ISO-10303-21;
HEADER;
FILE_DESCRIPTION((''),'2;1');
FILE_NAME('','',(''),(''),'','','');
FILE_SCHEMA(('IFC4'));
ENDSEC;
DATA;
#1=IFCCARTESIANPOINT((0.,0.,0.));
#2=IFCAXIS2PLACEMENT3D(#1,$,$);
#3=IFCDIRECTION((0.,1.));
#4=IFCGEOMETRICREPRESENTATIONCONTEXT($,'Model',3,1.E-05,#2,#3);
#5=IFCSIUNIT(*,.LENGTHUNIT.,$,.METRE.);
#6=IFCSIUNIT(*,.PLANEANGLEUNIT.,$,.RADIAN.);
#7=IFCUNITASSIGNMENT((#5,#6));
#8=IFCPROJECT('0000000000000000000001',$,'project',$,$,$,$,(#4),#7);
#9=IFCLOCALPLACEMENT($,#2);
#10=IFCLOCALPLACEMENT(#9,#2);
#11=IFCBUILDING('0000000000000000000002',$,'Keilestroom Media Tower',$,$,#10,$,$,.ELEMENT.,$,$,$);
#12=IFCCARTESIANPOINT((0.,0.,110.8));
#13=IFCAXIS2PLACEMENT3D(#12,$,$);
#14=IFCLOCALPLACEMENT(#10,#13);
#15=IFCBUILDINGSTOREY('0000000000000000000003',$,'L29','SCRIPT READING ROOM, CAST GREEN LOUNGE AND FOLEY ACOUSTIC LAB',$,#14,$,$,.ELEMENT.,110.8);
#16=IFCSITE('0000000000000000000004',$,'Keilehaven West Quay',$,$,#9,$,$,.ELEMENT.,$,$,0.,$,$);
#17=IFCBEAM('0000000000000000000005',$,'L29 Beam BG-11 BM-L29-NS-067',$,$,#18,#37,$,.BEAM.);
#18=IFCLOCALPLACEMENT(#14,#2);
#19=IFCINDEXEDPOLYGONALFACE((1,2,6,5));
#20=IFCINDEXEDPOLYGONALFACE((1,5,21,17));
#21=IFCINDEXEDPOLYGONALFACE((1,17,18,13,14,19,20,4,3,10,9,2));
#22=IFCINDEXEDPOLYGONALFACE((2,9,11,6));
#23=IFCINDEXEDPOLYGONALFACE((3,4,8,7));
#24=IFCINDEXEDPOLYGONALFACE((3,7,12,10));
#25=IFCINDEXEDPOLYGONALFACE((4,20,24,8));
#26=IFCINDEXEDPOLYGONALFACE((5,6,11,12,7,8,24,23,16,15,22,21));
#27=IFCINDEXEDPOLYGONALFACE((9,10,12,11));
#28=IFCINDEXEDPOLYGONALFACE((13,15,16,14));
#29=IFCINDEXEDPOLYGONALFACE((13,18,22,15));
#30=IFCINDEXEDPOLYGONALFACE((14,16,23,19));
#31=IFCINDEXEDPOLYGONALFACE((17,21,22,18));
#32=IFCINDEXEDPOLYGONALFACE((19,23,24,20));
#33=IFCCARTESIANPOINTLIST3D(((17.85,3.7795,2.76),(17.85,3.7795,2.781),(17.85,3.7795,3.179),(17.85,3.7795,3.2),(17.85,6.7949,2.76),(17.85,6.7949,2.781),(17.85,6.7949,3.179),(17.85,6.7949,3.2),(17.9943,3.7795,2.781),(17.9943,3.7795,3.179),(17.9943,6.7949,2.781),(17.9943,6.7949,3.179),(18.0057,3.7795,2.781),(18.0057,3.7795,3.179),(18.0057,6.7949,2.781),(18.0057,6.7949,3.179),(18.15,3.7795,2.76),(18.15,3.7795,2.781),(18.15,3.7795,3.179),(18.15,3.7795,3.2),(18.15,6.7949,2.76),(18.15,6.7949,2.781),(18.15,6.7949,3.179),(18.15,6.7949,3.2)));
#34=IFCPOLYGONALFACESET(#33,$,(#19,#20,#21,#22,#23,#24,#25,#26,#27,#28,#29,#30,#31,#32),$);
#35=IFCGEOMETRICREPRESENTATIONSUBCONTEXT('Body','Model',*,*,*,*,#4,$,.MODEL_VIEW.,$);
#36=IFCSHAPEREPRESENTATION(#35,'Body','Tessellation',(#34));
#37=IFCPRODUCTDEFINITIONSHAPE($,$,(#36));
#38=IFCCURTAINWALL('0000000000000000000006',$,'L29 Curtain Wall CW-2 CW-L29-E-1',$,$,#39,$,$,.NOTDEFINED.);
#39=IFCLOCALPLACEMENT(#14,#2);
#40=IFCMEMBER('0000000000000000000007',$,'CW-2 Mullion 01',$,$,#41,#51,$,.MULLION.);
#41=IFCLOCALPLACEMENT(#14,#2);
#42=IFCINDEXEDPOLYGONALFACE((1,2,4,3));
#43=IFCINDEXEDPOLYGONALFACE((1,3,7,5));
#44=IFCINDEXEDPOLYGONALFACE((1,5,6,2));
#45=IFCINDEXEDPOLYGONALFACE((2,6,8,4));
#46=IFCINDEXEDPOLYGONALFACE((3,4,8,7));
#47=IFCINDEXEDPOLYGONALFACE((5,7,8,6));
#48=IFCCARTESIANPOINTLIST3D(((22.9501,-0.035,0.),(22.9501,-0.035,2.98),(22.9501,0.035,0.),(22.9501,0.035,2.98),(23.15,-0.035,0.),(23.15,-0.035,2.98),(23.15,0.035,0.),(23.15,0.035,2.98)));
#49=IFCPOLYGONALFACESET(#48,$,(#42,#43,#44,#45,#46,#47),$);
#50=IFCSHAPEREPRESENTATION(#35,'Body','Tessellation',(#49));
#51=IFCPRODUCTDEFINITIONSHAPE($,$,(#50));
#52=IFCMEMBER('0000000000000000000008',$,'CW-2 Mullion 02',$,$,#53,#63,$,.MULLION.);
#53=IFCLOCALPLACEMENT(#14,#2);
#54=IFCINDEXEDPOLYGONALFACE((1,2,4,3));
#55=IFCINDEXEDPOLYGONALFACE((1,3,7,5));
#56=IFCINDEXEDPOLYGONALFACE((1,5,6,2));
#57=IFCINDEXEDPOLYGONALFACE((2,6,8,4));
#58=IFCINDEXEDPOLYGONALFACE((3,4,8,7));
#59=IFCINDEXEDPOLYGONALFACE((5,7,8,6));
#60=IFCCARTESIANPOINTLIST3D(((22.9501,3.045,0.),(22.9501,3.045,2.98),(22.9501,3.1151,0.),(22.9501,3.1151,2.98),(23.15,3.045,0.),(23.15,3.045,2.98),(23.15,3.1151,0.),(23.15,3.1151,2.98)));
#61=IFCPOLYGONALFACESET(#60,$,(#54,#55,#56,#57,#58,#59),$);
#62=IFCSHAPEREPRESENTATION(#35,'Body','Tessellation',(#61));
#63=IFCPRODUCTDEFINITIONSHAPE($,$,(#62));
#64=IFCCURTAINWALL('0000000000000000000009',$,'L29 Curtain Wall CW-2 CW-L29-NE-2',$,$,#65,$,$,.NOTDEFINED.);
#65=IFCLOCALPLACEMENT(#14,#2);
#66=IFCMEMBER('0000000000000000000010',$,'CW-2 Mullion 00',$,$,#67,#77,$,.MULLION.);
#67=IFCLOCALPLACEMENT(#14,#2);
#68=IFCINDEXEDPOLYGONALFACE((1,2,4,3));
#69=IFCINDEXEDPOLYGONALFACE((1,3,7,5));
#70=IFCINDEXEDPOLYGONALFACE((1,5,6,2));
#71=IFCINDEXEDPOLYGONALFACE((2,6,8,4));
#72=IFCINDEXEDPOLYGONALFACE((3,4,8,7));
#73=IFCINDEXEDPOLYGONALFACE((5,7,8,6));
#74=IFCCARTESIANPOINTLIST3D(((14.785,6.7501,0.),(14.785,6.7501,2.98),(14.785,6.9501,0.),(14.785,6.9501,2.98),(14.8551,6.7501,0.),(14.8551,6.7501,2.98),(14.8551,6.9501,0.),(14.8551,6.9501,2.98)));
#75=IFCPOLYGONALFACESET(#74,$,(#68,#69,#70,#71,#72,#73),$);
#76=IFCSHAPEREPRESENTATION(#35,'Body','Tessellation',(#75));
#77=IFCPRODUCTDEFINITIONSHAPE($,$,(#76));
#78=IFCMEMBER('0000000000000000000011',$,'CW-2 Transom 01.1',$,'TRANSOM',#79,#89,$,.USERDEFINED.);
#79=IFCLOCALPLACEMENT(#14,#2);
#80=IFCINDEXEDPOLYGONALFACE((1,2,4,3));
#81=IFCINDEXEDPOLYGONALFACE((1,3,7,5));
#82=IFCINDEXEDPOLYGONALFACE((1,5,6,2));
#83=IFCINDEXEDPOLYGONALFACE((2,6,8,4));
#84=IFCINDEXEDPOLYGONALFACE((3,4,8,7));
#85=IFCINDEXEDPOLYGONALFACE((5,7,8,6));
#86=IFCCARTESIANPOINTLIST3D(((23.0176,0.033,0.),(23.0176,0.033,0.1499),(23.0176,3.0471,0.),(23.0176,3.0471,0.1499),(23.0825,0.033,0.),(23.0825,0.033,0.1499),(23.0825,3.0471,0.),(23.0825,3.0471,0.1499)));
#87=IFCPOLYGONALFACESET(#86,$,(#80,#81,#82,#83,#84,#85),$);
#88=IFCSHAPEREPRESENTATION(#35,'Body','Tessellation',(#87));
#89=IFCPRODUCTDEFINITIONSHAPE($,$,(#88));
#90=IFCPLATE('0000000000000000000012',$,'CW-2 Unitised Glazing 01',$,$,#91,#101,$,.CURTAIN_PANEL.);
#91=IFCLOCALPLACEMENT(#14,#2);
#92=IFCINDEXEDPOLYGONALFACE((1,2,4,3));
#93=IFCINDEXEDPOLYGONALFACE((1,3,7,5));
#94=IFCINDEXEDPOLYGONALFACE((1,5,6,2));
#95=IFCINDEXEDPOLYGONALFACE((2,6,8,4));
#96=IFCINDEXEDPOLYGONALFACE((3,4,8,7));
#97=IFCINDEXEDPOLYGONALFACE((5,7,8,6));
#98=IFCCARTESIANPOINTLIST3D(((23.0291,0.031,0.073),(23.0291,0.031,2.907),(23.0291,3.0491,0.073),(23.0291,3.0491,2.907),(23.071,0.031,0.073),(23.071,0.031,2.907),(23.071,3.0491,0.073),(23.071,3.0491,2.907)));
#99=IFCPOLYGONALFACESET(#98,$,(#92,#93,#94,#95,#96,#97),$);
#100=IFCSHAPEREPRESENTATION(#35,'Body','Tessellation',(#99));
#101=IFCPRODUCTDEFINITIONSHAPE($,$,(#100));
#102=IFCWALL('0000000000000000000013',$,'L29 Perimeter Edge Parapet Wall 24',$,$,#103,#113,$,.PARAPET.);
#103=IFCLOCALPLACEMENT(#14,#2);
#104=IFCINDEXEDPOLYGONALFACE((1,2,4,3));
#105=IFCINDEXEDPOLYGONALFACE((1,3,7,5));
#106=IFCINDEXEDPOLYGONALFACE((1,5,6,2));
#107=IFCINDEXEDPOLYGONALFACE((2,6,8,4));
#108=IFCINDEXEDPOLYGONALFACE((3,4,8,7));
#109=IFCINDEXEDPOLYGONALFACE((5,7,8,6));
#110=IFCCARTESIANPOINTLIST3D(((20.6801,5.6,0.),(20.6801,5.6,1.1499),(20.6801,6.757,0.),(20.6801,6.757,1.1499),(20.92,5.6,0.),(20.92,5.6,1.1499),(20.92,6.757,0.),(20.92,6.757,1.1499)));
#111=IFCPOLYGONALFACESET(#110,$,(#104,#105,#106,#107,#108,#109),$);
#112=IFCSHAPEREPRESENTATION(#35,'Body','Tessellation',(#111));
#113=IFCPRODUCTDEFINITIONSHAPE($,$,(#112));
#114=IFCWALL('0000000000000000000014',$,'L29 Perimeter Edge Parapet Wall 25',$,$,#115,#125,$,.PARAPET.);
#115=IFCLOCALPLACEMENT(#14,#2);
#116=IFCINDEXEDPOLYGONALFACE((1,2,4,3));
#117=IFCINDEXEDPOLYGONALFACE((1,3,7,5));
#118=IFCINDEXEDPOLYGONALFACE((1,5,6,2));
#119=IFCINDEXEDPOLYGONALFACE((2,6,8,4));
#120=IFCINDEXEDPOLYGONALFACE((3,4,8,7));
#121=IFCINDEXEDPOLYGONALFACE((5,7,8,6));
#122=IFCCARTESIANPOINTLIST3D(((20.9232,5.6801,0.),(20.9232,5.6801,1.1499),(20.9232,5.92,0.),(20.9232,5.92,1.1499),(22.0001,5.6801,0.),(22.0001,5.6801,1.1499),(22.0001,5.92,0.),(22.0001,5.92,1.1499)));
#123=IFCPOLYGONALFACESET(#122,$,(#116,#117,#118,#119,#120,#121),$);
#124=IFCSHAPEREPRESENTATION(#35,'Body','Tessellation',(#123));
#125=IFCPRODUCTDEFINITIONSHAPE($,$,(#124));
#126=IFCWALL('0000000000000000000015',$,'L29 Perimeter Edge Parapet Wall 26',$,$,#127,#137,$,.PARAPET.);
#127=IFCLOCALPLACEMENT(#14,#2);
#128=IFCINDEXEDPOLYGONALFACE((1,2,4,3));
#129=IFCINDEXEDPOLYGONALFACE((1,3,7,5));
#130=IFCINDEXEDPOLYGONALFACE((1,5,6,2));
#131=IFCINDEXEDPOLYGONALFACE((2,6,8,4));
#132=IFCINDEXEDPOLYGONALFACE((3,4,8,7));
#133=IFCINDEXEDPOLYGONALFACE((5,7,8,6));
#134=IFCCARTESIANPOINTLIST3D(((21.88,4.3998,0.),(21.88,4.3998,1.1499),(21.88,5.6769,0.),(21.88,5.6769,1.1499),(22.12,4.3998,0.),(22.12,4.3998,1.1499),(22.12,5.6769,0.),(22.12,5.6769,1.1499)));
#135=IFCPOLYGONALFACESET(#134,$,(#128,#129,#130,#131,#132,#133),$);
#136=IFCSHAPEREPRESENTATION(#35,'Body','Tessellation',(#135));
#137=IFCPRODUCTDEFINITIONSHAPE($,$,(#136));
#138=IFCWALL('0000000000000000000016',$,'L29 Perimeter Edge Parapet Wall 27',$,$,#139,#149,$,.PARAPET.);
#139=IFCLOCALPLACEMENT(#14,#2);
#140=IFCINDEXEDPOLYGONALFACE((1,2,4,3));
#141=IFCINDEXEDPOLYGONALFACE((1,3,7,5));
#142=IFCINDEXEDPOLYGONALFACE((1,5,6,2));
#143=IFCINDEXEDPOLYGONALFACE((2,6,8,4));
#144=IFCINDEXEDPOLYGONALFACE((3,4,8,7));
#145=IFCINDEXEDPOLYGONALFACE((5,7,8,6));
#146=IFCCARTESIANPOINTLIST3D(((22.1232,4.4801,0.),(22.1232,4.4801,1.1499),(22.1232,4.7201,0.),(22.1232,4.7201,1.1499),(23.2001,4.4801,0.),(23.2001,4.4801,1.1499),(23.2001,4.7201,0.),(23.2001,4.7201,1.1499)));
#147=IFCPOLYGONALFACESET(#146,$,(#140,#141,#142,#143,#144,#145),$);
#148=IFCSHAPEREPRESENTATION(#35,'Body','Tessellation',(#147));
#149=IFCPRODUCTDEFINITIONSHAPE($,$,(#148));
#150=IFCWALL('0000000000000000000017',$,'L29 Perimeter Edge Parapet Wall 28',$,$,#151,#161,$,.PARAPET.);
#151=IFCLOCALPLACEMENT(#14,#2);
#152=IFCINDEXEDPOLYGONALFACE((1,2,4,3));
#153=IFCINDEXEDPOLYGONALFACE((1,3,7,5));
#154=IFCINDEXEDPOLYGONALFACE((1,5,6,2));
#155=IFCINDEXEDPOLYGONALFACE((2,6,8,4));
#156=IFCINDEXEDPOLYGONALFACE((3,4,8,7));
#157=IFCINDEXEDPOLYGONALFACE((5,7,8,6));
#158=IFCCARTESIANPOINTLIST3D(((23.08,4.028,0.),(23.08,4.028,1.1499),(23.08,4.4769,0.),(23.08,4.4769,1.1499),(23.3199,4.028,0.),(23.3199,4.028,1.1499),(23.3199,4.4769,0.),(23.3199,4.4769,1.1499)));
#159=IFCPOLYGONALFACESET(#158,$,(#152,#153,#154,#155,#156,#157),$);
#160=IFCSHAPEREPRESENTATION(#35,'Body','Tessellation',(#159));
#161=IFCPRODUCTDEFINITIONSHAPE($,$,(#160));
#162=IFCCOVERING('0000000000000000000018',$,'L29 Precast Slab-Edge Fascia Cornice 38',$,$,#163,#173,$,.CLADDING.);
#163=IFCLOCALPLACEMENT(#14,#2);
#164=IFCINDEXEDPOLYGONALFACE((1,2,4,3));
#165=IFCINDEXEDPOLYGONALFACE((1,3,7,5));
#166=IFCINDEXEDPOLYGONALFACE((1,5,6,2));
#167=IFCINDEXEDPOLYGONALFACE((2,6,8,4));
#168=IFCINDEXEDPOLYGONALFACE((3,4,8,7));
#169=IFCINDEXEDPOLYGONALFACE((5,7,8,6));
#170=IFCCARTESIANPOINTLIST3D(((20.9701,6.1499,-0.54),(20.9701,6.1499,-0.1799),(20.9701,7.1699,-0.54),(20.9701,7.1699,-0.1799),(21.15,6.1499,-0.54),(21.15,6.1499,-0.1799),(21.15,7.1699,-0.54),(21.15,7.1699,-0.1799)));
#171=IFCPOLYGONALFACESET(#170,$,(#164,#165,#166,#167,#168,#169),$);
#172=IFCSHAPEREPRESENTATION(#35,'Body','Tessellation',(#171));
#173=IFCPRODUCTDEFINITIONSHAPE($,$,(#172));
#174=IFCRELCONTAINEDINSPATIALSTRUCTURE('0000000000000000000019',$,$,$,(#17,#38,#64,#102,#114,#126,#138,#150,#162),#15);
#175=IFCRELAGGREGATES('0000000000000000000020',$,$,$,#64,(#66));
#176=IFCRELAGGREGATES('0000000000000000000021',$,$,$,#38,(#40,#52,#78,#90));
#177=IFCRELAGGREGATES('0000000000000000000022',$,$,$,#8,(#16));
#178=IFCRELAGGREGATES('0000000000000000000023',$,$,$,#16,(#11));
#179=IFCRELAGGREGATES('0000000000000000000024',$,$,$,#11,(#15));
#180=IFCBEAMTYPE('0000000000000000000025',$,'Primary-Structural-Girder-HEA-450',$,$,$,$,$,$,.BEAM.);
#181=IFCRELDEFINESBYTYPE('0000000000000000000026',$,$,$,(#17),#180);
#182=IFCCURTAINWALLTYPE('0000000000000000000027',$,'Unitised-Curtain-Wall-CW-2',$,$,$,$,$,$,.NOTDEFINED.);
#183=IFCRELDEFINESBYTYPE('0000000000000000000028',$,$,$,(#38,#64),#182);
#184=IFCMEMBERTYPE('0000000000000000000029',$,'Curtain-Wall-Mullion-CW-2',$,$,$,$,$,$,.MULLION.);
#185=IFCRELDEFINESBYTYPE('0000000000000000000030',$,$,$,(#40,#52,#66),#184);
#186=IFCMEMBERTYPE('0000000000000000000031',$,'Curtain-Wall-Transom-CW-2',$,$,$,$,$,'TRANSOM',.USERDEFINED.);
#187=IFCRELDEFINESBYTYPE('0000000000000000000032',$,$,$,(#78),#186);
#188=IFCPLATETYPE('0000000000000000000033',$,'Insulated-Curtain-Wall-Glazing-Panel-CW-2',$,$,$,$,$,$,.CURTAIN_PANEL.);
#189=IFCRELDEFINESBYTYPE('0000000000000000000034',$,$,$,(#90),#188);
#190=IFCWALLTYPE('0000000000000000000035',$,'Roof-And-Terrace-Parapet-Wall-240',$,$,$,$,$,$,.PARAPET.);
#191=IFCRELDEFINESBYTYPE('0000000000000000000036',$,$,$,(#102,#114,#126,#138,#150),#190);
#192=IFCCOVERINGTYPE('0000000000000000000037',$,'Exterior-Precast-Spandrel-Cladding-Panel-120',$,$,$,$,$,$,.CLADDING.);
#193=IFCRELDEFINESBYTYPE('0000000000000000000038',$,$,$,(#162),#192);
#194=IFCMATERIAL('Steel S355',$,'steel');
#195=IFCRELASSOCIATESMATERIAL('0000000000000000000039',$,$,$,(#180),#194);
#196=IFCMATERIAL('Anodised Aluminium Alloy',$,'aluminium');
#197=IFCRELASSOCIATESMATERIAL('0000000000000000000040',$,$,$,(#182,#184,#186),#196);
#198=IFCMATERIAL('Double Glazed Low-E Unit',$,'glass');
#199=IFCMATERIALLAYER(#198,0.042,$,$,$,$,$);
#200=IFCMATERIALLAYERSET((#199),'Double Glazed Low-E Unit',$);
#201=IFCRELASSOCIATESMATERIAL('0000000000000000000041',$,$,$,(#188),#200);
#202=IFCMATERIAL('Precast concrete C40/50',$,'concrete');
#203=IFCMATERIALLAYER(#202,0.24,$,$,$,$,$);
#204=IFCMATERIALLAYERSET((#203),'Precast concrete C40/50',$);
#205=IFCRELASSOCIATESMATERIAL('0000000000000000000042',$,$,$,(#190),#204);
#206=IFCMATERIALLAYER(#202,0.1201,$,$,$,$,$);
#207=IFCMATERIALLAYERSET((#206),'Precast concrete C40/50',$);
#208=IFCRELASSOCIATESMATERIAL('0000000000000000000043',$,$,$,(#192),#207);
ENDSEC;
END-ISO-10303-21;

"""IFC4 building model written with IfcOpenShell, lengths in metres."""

from ifc_helpers import new_model, si_unit, direction, frame, frame_2d, origin, origin_2d, place, context, subcontext, project, spatial, rectangle, i_section, extrude, source, transform, mapped, material, layer, layer_set, material_profile, profile_set, type_object, element, aggregate, save


model = new_model("IFC4")

# Units and contexts
model_context = context("Model", 3, precision=1e-05, world=origin(), true_north=direction((0.0, 1.0)))
body_context = subcontext(model_context, "Body", "Model", "MODEL_VIEW")
ifc_project = project(units=[si_unit("LENGTHUNIT", "METRE"), si_unit("PLANEANGLEUNIT", "RADIAN")], contexts=[model_context])

# Site, building, storey
site_placement = place(None, origin())
site = spatial("IfcSite", under=ifc_project, at=site_placement, Name="Keilehaven West Quay", CompositionType="ELEMENT", RefElevation=0.0)
building_placement = place(site_placement, origin())
building = spatial("IfcBuilding", under=site, at=building_placement, Name="Keilestroom Media Tower", CompositionType="ELEMENT")
storey_placement = place(building_placement, frame((0.0, 0.0, 110.8)))
storey = spatial("IfcBuildingStorey", under=building, at=storey_placement, Name="L29", Description="SCRIPT READING ROOM, CAST GREEN LOUNGE AND FOLEY ACOUSTIC LAB", CompositionType="ELEMENT", Elevation=110.8)

# Shared definitions
ifc_material_1 = material(Name="Precast concrete C40/50", Category="concrete")
ifc_material_2 = material(Name="Steel S355", Category="steel")

# Beam
ifc_material_profile_1 = material_profile(ifc_material_2, i_section(OverallWidth=0.3, OverallDepth=0.4399, WebThickness=0.0115, FlangeThickness=0.021, at=origin_2d()), Name="HEA 450")
ifc_profile_set_1 = profile_set([ifc_material_profile_1], Name="Steel S355")
beam_type_1 = type_object("IfcBeamType", Name="Primary-Structural-Girder-HEA-450", PredefinedType="BEAM", material=ifc_profile_set_1)
shared_shape_1 = source(origin(), body_context, "Body", "SweptSolid", [
    extrude(i_section(OverallWidth=0.3, OverallDepth=0.4399, WebThickness=0.0115, FlangeThickness=0.021, at=origin_2d()), origin(), (0.0, 0.0, 1.0), 3.0154),
])
beam_1_placement = place(storey_placement, frame((18.0, 3.7795, 2.98), z_axis=(0.0, 1.0, 0.0), x_axis=(-1.0, 0.0, 0.0)))
element("IfcBeam", 1, at=beam_1_placement, inside=storey, type_object=beam_type_1, Name="L29 Beam BG-11 BM-L29-NS-067", PredefinedType="BEAM", context=body_context, shape_type="MappedRepresentation", body=[
    mapped(shared_shape_1, transform((0.0, 0.0, 0.0), x_axis=(1.0, 0.0, 0.0), y_axis=(0.0, 1.0, 0.0), z_axis=(0.0, 0.0, 1.0), scale=1.0)),
])

# Curtain wall, members
ifc_material_3 = material(Name="Anodised Aluminium Alloy", Category="aluminium")
curtain_wall_type = type_object("IfcCurtainWallType", Name="Unitised-Curtain-Wall-CW-2", PredefinedType="NOTDEFINED", material=ifc_material_3)
curtain_wall_1_placement = place(storey_placement, origin())
curtain_wall_1 = element("IfcCurtainWall", 2, at=curtain_wall_1_placement, inside=storey, type_object=curtain_wall_type, Name="L29 Curtain Wall CW-2 CW-L29-E-1", PredefinedType="NOTDEFINED")
ifc_material_profile_2 = material_profile(ifc_material_3, rectangle(XDim=0.0701, YDim=0.2, at=origin_2d()), Name="ALU MULLION 70x200")
ifc_profile_set_2 = profile_set([ifc_material_profile_2], Name="Anodised Aluminium Alloy")
member_type_1 = type_object("IfcMemberType", Name="Curtain-Wall-Mullion-CW-2", PredefinedType="MULLION", material=ifc_profile_set_2)
shared_shape_2 = source(origin(), body_context, "Body", "SweptSolid", [
    extrude(rectangle(XDim=0.0701, YDim=0.2, at=origin_2d()), origin(), (0.0, 0.0, 1.0), 2.98),
])
member_1_placement = place(storey_placement, frame((23.05, 0.0, 0.0), z_axis=(0.0, 0.0, 1.0), x_axis=(0.0, 1.0, 0.0)))
member_1 = element("IfcMember", 3, at=member_1_placement, type_object=member_type_1, Name="CW-2 Mullion 01", PredefinedType="MULLION", context=body_context, shape_type="MappedRepresentation", body=[
    mapped(shared_shape_2, transform((0.0, 0.0, 0.0), x_axis=(1.0, 0.0, 0.0), y_axis=(0.0, 1.0, 0.0), z_axis=(0.0, 0.0, 1.0), scale=1.0)),
])
member_2_placement = place(storey_placement, frame((23.05, 3.0801, 0.0), z_axis=(0.0, 0.0, 1.0), x_axis=(0.0, 1.0, 0.0)))
member_2 = element("IfcMember", 4, at=member_2_placement, type_object=member_type_1, Name="CW-2 Mullion 02", PredefinedType="MULLION", context=body_context, shape_type="MappedRepresentation", body=[
    mapped(shared_shape_2, transform((0.0, 0.0, 0.0), x_axis=(1.0, 0.0, 0.0), y_axis=(0.0, 1.0, 0.0), z_axis=(0.0, 0.0, 1.0), scale=1.0)),
])

# Curtain wall, member
curtain_wall_2_placement = place(storey_placement, origin())
curtain_wall_2 = element("IfcCurtainWall", 5, at=curtain_wall_2_placement, inside=storey, type_object=curtain_wall_type, Name="L29 Curtain Wall CW-2 CW-L29-NE-2", PredefinedType="NOTDEFINED")
member_3_placement = place(storey_placement, frame((14.8201, 6.8501, 0.0), z_axis=(0.0, 0.0, 1.0), x_axis=(1.0, 0.0, 0.0)))
member_3 = element("IfcMember", 6, at=member_3_placement, type_object=member_type_1, Name="CW-2 Mullion 00", PredefinedType="MULLION", context=body_context, shape_type="MappedRepresentation", body=[
    mapped(shared_shape_2, transform((0.0, 0.0, 0.0), x_axis=(1.0, 0.0, 0.0), y_axis=(0.0, 1.0, 0.0), z_axis=(0.0, 0.0, 1.0), scale=1.0)),
])
aggregate(curtain_wall_2, [member_3])

# Member
ifc_material_profile_3 = material_profile(ifc_material_3, rectangle(XDim=0.0649, YDim=0.1499, at=origin_2d()), Name="ALU TRANSOM 65x150")
ifc_profile_set_3 = profile_set([ifc_material_profile_3], Name="Anodised Aluminium Alloy")
member_type_2 = type_object("IfcMemberType", Name="Curtain-Wall-Transom-CW-2", ElementType="TRANSOM", PredefinedType="USERDEFINED", material=ifc_profile_set_3)
shared_shape_3 = source(origin(), body_context, "Body", "SweptSolid", [
    extrude(rectangle(XDim=0.0649, YDim=0.1499, at=origin_2d()), origin(), (0.0, 0.0, 1.0), 3.0142),
])
member_4_placement = place(storey_placement, frame((23.05, 0.033, 0.075), z_axis=(0.0, 1.0, 0.0), x_axis=(-1.0, 0.0, 0.0)))
member_4 = element("IfcMember", 7, at=member_4_placement, type_object=member_type_2, Name="CW-2 Transom 01.1", ObjectType="TRANSOM", PredefinedType="USERDEFINED", context=body_context, shape_type="MappedRepresentation", body=[
    mapped(shared_shape_3, transform((0.0, 0.0, 0.0), x_axis=(1.0, 0.0, 0.0), y_axis=(0.0, 1.0, 0.0), z_axis=(0.0, 0.0, 1.0), scale=1.0)),
])

# Plate
ifc_material_4 = material(Name="Double Glazed Low-E Unit", Category="glass")
ifc_layer_1 = layer(ifc_material_4, 0.042)
ifc_layer_set_1 = layer_set([ifc_layer_1], Name="Double Glazed Low-E Unit")
plate_type = type_object("IfcPlateType", Name="Insulated-Curtain-Wall-Glazing-Panel-CW-2", PredefinedType="CURTAIN_PANEL", material=ifc_layer_set_1)
shared_shape_4 = source(origin(), body_context, "Body", "SweptSolid", [
    extrude(rectangle(XDim=3.0181, YDim=0.042, at=origin_2d()), origin(), (0.0, 0.0, 1.0), 2.834),
])
plate_placement = place(storey_placement, frame((23.05, 1.54, 0.073), z_axis=(0.0, 0.0, 1.0), x_axis=(0.0, 1.0, 0.0)))
plate = element("IfcPlate", 8, at=plate_placement, type_object=plate_type, Name="CW-2 Unitised Glazing 01", PredefinedType="CURTAIN_PANEL", context=body_context, shape_type="MappedRepresentation", body=[
    mapped(shared_shape_4, transform((0.0, 0.0, 0.0), x_axis=(1.0, 0.0, 0.0), y_axis=(0.0, 1.0, 0.0), z_axis=(0.0, 0.0, 1.0), scale=1.0)),
])
aggregate(curtain_wall_1, [member_1, member_2, member_4, plate])

# Walls
ifc_layer_2 = layer(ifc_material_1, 0.24)
ifc_layer_set_2 = layer_set([ifc_layer_2], Name="Precast concrete C40/50")
wall_type = type_object("IfcWallType", Name="Roof-And-Terrace-Parapet-Wall-240", PredefinedType="PARAPET", material=ifc_layer_set_2)
wall_1_placement = place(storey_placement, frame((20.8, 6.7571, 0.0), z_axis=(0.0, 0.0, 1.0), x_axis=(0.0, -1.0, 0.0)))
element("IfcWall", 9, at=wall_1_placement, inside=storey, type_object=wall_type, Name="L29 Perimeter Edge Parapet Wall 24", PredefinedType="PARAPET", context=body_context, shape_type="SweptSolid", body=[
    extrude(rectangle(XDim=1.157, YDim=0.24, at=frame_2d((0.5786, 0.0))), origin(), (0.0, 0.0, 1.0), 1.1499),
])
wall_2_placement = place(storey_placement, frame((20.9231, 5.8, 0.0), z_axis=(0.0, 0.0, 1.0), x_axis=(1.0, 0.0, 0.0)))
element("IfcWall", 10, at=wall_2_placement, inside=storey, type_object=wall_type, Name="L29 Perimeter Edge Parapet Wall 25", PredefinedType="PARAPET", context=body_context, shape_type="SweptSolid", body=[
    extrude(rectangle(XDim=1.0769, YDim=0.24, at=frame_2d((0.5386, 0.0))), origin(), (0.0, 0.0, 1.0), 1.1499),
])
wall_3_placement = place(storey_placement, frame((22.0, 5.677, 0.0), z_axis=(0.0, 0.0, 1.0), x_axis=(0.0, -1.0, 0.0)))
element("IfcWall", 11, at=wall_3_placement, inside=storey, type_object=wall_type, Name="L29 Perimeter Edge Parapet Wall 26", PredefinedType="PARAPET", context=body_context, shape_type="SweptSolid", body=[
    extrude(rectangle(XDim=1.2771, YDim=0.24, at=frame_2d((0.6387, 0.0))), origin(), (0.0, 0.0, 1.0), 1.1499),
])
wall_4_placement = place(storey_placement, frame((22.123, 4.6001, 0.0), z_axis=(0.0, 0.0, 1.0), x_axis=(1.0, 0.0, 0.0)))
element("IfcWall", 12, at=wall_4_placement, inside=storey, type_object=wall_type, Name="L29 Perimeter Edge Parapet Wall 27", PredefinedType="PARAPET", context=body_context, shape_type="SweptSolid", body=[
    extrude(rectangle(XDim=1.0769, YDim=0.24, at=frame_2d((0.5386, 0.0))), origin(), (0.0, 0.0, 1.0), 1.1499),
])
wall_5_placement = place(storey_placement, frame((23.2, 4.4771, 0.0), z_axis=(0.0, 0.0, 1.0), x_axis=(0.0, -1.0, 0.0)))
element("IfcWall", 13, at=wall_5_placement, inside=storey, type_object=wall_type, Name="L29 Perimeter Edge Parapet Wall 28", PredefinedType="PARAPET", context=body_context, shape_type="SweptSolid", body=[
    extrude(rectangle(XDim=0.449, YDim=0.24, at=frame_2d((0.2246, 0.0))), origin(), (0.0, 0.0, 1.0), 1.1499),
])

# Covering
ifc_layer_3 = layer(ifc_material_1, 0.1201)
ifc_layer_set_3 = layer_set([ifc_layer_3], Name="Precast concrete C40/50")
covering_type = type_object("IfcCoveringType", Name="Exterior-Precast-Spandrel-Cladding-Panel-120", PredefinedType="CLADDING", material=ifc_layer_set_3)
shared_shape_5 = source(origin(), body_context, "Body", "SweptSolid", [
    extrude(rectangle(XDim=1.02, YDim=0.1799, at=origin_2d()), origin(), (0.0, 0.0, 1.0), 0.3601),
])
for number, where, z_axis, x_axis, name in (
    (14, (21.0601, 6.6599, -0.54), (0.0, 0.0, 1.0), (0.0, -1.0, 0.0), "L29 Precast Slab-Edge Fascia Cornice 38"),
):
    element("IfcCovering", number, at=place(storey_placement, frame(where, z_axis=z_axis, x_axis=x_axis)), inside=storey, type_object=covering_type, Name=name, PredefinedType="CLADDING", context=body_context, shape_type="MappedRepresentation", body=[
        mapped(shared_shape_5, transform((0.0, 0.0, 0.0), x_axis=(1.0, 0.0, 0.0), y_axis=(0.0, 1.0, 0.0), z_axis=(0.0, 0.0, 1.0), scale=1.0)),
    ])

save(model, "model.ifc")
